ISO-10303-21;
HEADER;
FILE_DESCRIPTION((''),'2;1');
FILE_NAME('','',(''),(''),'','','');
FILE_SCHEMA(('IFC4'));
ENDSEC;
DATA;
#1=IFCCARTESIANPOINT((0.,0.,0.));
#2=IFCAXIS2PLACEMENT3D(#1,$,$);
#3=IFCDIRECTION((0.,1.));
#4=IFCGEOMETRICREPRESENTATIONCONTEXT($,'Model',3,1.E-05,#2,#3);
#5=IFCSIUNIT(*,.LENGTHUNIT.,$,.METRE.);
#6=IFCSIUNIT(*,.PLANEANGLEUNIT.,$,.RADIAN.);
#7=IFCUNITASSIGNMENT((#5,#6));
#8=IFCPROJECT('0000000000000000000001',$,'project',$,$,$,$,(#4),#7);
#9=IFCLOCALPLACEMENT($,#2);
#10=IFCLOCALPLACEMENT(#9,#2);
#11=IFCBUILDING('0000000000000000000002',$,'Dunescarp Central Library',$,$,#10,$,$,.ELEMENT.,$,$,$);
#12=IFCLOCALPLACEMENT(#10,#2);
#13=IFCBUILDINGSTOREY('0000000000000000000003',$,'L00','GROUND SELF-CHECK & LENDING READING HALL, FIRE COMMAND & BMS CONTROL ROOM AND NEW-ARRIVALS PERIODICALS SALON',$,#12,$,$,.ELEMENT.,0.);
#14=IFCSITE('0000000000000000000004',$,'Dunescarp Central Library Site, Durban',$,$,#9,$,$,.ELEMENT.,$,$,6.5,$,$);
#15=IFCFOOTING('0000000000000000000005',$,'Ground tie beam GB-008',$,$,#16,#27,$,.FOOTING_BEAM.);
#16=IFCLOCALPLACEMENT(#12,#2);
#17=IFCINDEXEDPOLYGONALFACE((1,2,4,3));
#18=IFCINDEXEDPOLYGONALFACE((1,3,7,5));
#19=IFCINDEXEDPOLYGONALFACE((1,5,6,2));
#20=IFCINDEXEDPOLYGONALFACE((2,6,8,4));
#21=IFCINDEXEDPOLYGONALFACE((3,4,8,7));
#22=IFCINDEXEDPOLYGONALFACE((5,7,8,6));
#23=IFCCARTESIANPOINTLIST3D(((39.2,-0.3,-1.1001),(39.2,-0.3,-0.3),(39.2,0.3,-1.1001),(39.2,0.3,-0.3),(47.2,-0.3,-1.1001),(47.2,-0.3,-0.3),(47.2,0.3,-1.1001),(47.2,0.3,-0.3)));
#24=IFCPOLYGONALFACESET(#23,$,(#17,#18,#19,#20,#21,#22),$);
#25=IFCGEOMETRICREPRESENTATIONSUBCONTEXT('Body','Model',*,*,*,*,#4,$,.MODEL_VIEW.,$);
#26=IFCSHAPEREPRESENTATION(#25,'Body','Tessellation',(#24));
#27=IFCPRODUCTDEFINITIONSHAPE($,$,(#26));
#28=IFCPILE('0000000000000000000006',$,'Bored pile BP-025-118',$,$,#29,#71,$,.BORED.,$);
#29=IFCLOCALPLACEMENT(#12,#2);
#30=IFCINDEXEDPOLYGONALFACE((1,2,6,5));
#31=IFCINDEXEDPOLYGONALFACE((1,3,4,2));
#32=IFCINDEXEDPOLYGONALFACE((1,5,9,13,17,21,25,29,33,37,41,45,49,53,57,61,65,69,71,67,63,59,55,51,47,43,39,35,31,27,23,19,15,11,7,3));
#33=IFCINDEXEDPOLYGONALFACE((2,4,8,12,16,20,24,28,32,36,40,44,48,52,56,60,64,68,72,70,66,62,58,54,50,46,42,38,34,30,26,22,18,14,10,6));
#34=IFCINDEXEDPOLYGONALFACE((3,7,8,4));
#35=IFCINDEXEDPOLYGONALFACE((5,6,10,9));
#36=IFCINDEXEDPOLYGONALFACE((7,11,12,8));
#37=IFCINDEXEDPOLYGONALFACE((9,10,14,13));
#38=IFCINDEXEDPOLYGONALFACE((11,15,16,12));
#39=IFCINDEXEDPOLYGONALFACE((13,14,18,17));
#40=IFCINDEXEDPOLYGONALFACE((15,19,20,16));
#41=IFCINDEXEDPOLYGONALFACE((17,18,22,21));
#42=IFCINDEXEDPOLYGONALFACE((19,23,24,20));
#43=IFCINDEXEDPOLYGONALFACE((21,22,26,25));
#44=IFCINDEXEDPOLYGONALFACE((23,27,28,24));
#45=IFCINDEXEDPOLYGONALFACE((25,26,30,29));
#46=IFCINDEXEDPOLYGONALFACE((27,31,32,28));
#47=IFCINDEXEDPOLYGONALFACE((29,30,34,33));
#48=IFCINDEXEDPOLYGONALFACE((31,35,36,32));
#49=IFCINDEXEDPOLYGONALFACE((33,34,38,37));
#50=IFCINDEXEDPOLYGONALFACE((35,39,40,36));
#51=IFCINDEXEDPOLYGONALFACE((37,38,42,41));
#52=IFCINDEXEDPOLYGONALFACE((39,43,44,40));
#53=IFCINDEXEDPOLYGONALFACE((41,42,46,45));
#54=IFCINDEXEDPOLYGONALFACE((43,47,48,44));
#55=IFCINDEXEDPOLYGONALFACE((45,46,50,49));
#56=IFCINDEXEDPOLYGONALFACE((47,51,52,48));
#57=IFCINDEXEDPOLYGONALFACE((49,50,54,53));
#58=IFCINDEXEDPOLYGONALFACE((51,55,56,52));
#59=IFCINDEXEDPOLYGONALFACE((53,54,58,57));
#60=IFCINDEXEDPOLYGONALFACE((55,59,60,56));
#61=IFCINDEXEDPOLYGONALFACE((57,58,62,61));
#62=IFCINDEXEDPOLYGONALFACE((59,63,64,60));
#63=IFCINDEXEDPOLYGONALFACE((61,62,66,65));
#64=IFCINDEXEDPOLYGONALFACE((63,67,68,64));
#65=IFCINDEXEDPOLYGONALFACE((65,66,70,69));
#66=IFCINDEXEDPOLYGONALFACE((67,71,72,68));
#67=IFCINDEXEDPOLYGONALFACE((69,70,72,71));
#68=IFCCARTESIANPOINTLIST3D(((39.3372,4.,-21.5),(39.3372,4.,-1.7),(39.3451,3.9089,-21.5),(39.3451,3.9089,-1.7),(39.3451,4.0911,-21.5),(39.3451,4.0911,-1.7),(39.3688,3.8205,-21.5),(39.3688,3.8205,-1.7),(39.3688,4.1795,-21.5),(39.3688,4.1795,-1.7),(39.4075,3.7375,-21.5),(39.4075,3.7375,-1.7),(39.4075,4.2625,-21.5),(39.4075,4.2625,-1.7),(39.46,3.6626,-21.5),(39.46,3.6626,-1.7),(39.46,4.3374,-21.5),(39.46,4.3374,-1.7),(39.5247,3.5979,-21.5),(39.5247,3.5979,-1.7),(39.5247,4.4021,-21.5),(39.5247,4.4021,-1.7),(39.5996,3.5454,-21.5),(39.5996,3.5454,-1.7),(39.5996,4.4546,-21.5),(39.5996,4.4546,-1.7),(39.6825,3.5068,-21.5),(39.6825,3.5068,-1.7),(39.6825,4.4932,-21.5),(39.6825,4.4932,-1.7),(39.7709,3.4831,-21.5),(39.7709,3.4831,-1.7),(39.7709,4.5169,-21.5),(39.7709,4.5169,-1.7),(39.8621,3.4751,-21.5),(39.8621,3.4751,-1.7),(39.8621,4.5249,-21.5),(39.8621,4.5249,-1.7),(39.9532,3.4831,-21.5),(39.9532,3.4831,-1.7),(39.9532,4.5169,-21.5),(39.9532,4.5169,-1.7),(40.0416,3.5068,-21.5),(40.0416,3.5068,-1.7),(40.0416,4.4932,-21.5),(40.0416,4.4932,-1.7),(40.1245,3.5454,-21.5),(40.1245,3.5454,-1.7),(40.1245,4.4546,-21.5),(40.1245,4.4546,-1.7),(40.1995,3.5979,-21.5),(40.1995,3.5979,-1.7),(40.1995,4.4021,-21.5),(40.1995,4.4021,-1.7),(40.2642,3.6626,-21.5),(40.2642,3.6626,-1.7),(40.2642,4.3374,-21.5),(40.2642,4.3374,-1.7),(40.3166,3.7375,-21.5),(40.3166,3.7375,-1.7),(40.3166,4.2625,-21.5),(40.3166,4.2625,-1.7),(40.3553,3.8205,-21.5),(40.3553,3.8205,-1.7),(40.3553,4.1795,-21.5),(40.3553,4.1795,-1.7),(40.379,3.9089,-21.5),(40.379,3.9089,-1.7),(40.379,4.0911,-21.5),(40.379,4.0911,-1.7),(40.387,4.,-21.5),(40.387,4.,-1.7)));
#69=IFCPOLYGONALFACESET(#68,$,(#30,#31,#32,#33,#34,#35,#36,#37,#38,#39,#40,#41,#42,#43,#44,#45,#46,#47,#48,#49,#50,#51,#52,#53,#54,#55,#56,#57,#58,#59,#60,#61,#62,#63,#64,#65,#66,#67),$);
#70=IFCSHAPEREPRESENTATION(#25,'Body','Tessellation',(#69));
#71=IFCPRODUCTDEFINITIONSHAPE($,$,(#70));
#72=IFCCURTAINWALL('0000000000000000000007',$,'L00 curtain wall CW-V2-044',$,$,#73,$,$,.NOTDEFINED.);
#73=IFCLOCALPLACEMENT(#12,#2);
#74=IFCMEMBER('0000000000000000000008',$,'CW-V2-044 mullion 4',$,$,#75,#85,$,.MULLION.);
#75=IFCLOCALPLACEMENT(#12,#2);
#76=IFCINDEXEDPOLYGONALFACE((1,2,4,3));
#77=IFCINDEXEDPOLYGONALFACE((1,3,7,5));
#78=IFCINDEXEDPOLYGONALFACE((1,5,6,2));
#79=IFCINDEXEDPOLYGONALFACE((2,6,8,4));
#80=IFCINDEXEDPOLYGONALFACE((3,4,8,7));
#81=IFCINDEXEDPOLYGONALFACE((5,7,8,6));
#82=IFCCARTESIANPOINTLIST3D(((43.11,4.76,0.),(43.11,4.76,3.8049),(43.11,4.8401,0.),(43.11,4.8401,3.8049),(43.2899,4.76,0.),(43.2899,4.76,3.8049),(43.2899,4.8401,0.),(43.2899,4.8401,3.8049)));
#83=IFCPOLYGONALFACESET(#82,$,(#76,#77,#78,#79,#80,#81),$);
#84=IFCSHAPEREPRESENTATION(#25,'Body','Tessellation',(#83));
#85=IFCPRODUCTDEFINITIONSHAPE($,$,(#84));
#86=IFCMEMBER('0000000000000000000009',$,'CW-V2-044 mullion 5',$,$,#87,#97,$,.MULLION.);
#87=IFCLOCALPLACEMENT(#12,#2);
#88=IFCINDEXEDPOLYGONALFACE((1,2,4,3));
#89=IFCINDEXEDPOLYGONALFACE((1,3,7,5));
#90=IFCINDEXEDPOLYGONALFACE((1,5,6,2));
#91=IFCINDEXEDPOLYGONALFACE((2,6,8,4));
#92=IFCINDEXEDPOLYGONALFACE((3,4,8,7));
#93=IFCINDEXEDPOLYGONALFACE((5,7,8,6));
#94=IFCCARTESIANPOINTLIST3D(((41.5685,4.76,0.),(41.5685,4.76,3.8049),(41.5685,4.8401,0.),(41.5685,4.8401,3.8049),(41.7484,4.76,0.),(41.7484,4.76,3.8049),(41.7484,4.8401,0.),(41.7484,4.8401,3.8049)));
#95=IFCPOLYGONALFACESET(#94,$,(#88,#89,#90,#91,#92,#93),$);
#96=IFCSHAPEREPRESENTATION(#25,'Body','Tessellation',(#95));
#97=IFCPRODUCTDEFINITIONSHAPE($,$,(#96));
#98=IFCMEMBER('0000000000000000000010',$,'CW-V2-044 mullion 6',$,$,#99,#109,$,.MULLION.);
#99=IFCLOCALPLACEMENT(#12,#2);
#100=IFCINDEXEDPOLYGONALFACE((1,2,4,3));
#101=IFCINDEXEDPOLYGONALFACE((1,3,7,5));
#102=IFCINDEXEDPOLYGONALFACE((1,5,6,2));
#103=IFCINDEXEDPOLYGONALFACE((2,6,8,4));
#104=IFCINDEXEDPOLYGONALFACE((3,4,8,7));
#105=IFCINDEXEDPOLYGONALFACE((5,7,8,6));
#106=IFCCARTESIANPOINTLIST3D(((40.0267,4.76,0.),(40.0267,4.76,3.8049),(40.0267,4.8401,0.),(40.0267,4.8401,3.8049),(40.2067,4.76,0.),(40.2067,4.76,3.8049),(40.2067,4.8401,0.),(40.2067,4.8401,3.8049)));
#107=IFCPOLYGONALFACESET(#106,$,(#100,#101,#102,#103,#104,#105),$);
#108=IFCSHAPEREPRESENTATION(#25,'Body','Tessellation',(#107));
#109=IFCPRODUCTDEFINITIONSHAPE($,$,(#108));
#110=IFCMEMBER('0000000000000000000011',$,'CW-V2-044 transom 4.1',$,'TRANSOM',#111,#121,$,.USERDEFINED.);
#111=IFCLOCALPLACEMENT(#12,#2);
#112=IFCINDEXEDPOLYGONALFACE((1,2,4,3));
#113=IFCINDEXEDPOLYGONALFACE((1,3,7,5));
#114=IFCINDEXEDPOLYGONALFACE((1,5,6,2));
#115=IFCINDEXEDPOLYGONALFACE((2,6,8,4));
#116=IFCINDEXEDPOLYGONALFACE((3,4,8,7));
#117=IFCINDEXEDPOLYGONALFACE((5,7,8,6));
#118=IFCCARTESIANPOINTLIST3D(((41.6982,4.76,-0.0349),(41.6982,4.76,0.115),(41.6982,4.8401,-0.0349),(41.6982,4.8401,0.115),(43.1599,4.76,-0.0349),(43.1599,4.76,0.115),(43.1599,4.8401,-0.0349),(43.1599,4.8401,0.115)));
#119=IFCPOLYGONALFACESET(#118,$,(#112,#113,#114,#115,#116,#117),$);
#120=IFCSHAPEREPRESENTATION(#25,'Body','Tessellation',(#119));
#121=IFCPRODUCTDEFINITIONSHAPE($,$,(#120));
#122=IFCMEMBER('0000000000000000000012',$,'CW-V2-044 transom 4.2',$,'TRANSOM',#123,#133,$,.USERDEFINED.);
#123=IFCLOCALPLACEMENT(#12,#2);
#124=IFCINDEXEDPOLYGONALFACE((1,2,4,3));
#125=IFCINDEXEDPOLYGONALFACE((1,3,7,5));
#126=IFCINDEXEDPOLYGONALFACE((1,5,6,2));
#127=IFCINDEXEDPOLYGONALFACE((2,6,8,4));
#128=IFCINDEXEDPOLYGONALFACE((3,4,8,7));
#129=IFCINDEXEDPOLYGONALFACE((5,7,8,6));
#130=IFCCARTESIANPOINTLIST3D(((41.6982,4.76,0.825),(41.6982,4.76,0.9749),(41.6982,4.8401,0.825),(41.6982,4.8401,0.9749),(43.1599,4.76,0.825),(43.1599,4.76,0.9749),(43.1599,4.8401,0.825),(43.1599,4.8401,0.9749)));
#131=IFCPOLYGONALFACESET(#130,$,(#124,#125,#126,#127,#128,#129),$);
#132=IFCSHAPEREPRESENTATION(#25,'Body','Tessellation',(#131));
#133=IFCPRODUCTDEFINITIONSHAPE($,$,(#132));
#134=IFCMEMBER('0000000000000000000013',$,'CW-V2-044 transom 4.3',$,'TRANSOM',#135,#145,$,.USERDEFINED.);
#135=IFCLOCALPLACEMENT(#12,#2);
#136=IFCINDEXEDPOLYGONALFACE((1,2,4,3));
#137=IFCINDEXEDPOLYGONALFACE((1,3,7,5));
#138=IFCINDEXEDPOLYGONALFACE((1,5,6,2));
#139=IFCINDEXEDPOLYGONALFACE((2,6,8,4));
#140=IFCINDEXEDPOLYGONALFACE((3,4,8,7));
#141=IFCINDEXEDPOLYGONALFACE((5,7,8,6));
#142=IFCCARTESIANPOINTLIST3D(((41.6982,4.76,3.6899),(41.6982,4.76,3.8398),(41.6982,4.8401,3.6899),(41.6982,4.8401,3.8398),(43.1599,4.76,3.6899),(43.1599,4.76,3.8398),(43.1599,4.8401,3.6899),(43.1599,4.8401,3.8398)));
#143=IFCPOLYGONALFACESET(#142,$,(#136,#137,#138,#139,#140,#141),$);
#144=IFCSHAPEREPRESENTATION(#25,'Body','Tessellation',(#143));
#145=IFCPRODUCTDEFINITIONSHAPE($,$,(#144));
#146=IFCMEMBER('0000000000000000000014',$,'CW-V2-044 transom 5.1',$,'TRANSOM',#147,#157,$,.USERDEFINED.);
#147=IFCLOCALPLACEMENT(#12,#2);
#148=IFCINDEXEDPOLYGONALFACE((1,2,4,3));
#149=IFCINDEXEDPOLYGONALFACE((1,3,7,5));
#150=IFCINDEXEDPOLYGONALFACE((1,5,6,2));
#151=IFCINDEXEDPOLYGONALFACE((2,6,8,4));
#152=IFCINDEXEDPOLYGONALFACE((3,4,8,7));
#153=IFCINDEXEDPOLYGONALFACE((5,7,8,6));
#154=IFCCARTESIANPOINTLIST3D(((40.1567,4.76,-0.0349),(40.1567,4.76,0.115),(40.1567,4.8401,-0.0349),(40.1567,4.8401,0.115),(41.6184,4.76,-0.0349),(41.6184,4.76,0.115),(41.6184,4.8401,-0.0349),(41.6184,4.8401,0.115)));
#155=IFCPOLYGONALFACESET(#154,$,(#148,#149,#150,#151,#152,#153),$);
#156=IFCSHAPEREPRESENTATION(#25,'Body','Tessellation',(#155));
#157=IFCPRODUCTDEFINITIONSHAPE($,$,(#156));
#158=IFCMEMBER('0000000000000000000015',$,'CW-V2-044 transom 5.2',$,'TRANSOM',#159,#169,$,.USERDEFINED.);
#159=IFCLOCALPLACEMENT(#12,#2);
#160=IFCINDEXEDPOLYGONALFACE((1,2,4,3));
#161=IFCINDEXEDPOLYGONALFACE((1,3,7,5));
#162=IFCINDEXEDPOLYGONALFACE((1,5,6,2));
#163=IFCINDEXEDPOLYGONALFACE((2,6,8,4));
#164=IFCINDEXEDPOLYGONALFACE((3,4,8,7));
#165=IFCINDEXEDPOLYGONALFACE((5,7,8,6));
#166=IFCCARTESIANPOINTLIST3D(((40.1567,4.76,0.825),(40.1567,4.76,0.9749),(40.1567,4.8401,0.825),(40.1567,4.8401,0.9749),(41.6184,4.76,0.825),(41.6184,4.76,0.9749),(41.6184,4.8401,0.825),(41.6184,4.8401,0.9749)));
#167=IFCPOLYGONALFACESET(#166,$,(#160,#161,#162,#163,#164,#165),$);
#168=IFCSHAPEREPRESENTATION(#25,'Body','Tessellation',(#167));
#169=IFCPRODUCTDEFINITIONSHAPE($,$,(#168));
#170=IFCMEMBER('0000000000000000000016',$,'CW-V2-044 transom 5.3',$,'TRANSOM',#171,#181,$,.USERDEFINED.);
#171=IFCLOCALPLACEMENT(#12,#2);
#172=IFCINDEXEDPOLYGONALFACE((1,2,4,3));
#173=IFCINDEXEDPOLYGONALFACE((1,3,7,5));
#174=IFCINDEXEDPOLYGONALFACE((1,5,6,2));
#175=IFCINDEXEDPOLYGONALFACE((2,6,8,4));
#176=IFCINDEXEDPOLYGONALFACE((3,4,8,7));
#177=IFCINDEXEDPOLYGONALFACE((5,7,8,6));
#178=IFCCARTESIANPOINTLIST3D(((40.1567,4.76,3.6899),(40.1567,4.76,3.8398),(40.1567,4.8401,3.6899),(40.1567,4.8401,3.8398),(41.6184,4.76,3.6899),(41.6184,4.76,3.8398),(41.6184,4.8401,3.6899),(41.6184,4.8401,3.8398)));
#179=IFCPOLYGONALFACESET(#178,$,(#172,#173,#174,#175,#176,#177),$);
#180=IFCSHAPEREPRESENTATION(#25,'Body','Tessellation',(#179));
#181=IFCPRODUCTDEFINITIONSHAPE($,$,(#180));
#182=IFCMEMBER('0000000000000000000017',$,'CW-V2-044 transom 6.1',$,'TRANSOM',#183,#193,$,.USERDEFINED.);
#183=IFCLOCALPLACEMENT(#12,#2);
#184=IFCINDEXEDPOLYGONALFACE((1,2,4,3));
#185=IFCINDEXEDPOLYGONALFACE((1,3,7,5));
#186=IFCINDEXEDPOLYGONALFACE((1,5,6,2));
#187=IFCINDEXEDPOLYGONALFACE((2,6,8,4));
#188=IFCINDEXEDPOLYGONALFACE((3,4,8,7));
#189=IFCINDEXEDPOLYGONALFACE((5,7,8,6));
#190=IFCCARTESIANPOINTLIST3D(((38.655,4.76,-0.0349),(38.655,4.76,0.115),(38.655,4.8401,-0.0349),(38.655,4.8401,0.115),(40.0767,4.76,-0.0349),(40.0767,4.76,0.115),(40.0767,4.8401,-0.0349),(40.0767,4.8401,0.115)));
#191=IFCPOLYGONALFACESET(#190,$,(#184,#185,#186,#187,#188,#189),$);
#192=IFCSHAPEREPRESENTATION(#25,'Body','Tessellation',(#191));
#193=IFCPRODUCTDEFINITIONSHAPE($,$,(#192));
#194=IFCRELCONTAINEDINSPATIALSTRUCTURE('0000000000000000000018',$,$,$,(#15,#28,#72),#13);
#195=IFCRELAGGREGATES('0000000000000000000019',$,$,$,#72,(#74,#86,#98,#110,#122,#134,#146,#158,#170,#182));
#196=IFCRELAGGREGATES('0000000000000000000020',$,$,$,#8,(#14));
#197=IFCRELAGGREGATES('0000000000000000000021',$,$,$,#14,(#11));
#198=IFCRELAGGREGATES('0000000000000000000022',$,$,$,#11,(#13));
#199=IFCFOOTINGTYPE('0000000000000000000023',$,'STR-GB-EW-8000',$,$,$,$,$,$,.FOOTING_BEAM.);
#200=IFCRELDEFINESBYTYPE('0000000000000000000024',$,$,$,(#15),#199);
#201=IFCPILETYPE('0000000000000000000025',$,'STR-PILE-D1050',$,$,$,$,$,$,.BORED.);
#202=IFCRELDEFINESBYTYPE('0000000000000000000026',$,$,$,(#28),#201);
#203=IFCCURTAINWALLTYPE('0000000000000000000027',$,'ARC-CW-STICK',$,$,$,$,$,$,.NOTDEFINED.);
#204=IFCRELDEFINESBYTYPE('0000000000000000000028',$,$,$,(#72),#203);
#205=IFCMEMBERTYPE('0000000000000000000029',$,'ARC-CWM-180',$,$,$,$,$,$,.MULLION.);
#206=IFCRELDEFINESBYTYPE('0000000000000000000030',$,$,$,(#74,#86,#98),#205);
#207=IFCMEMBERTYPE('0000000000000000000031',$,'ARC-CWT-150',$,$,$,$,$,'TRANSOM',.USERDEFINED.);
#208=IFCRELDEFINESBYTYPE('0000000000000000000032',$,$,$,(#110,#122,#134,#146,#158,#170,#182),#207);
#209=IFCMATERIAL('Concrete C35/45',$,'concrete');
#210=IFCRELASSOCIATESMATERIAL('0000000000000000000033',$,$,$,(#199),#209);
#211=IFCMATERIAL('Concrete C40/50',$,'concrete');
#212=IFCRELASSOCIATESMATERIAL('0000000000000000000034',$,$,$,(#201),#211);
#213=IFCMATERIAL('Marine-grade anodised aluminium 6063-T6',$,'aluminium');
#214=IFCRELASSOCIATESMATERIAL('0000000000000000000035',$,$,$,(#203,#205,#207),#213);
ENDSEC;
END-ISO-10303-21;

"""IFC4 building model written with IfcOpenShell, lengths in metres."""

from ifc_helpers import new_model, si_unit, direction, frame, origin, origin_2d, place, context, subcontext, project, spatial, rectangle, circle, extrude, material, material_profile, profile_set, type_object, element, aggregate, save


model = new_model("IFC4")

# Units and contexts
model_context = context("Model", 3, precision=1e-05, world=origin(), true_north=direction((0.0, 1.0)))
body_context = subcontext(model_context, "Body", "Model", "MODEL_VIEW")
ifc_project = project(units=[si_unit("LENGTHUNIT", "METRE"), si_unit("PLANEANGLEUNIT", "RADIAN")], contexts=[model_context])

# Site, building, storey
site_placement = place(None, origin())
site = spatial("IfcSite", under=ifc_project, at=site_placement, Name="Dunescarp Central Library Site, Durban", CompositionType="ELEMENT", RefElevation=6.5)
building_placement = place(site_placement, origin())
building = spatial("IfcBuilding", under=site, at=building_placement, Name="Dunescarp Central Library", CompositionType="ELEMENT")
storey_placement = place(building_placement, origin())
storey = spatial("IfcBuildingStorey", under=building, at=storey_placement, Name="L00", Description="GROUND SELF-CHECK & LENDING READING HALL, FIRE COMMAND & BMS CONTROL ROOM AND NEW-ARRIVALS PERIODICALS SALON", CompositionType="ELEMENT", Elevation=0.0)

# Footing
ifc_material_1 = material(Name="Concrete C35/45", Category="concrete")
footing_type = type_object("IfcFootingType", Name="STR-GB-EW-8000", PredefinedType="FOOTING_BEAM", material=ifc_material_1)
footing_placement = place(storey_placement, frame((43.2, 0.0, -1.1001), z_axis=(0.0, 0.0, 1.0), x_axis=(1.0, 0.0, 0.0)))
element("IfcFooting", 1, at=footing_placement, inside=storey, type_object=footing_type, Name="Ground tie beam GB-008", PredefinedType="FOOTING_BEAM", context=body_context, shape_type="SweptSolid", body=[
    extrude(rectangle(XDim=8.0, YDim=0.6001, at=origin_2d()), origin(), (0.0, 0.0, 1.0), 0.8),
])

# Pile
ifc_material_2 = material(Name="Concrete C40/50", Category="concrete")
ifc_material_profile_1 = material_profile(ifc_material_2, circle(Radius=0.5249, at=origin_2d()), Name="PILE D1050")
ifc_profile_set_1 = profile_set([ifc_material_profile_1], Name="Concrete C40/50")
pile_type = type_object("IfcPileType", Name="STR-PILE-D1050", PredefinedType="BORED", material=ifc_profile_set_1)
pile_placement = place(storey_placement, frame((39.8621, 4.0, -1.7), z_axis=(0.0, 0.0, -1.0), x_axis=(1.0, 0.0, 0.0)))
element("IfcPile", 2, at=pile_placement, inside=storey, type_object=pile_type, Name="Bored pile BP-025-118", PredefinedType="BORED", context=body_context, shape_type="SweptSolid", body=[
    extrude(circle(Radius=0.5249, at=origin_2d()), origin(), (0.0, 0.0, 1.0), 19.8),
])

# Curtain wall, members
ifc_material_3 = material(Name="Marine-grade anodised aluminium 6063-T6", Category="aluminium")
curtain_wall_type = type_object("IfcCurtainWallType", Name="ARC-CW-STICK", PredefinedType="NOTDEFINED", material=ifc_material_3)
curtain_wall_placement = place(storey_placement, origin())
curtain_wall = element("IfcCurtainWall", 3, at=curtain_wall_placement, inside=storey, type_object=curtain_wall_type, Name="L00 curtain wall CW-V2-044", PredefinedType="NOTDEFINED")
ifc_material_profile_2 = material_profile(ifc_material_3, rectangle(XDim=0.0801, YDim=0.1799, at=origin_2d()), Name="AL 80x180")
ifc_profile_set_2 = profile_set([ifc_material_profile_2], Name="Marine-grade anodised aluminium 6063-T6")
member_type_1 = type_object("IfcMemberType", Name="ARC-CWM-180", PredefinedType="MULLION", material=ifc_profile_set_2)
member_1_placement = place(storey_placement, frame((43.2, 4.8, 0.0), z_axis=(0.0, 0.0, 1.0), x_axis=(0.0, -1.0, 0.0)))
member_1 = element("IfcMember", 4, at=member_1_placement, type_object=member_type_1, Name="CW-V2-044 mullion 4", PredefinedType="MULLION", context=body_context, shape_type="SweptSolid", body=[
    extrude(rectangle(XDim=0.0801, YDim=0.1799, at=origin_2d()), origin(), (0.0, 0.0, 1.0), 3.8049),
])
member_2_placement = place(storey_placement, frame((41.6584, 4.8, 0.0), z_axis=(0.0, 0.0, 1.0), x_axis=(0.0, -1.0, 0.0)))
member_2 = element("IfcMember", 5, at=member_2_placement, type_object=member_type_1, Name="CW-V2-044 mullion 5", PredefinedType="MULLION", context=body_context, shape_type="SweptSolid", body=[
    extrude(rectangle(XDim=0.0801, YDim=0.1799, at=origin_2d()), origin(), (0.0, 0.0, 1.0), 3.8049),
])
member_3_placement = place(storey_placement, frame((40.1167, 4.8, 0.0), z_axis=(0.0, 0.0, 1.0), x_axis=(0.0, -1.0, 0.0)))
member_3 = element("IfcMember", 6, at=member_3_placement, type_object=member_type_1, Name="CW-V2-044 mullion 6", PredefinedType="MULLION", context=body_context, shape_type="SweptSolid", body=[
    extrude(rectangle(XDim=0.0801, YDim=0.1799, at=origin_2d()), origin(), (0.0, 0.0, 1.0), 3.8049),
])
ifc_material_profile_3 = material_profile(ifc_material_3, rectangle(XDim=0.0801, YDim=0.1499, at=origin_2d()), Name="AL 80x150")
ifc_profile_set_3 = profile_set([ifc_material_profile_3], Name="Marine-grade anodised aluminium 6063-T6")
member_type_2 = type_object("IfcMemberType", Name="ARC-CWT-150", ElementType="TRANSOM", PredefinedType="USERDEFINED", material=ifc_profile_set_3)
member_4_placement = place(storey_placement, frame((43.1599, 4.8, 0.04), z_axis=(-1.0, 0.0, 0.0), x_axis=(0.0, -1.0, 0.0)))
member_4 = element("IfcMember", 7, at=member_4_placement, type_object=member_type_2, Name="CW-V2-044 transom 4.1", ObjectType="TRANSOM", PredefinedType="USERDEFINED", context=body_context, shape_type="SweptSolid", body=[
    extrude(rectangle(XDim=0.0801, YDim=0.1499, at=origin_2d()), origin(), (0.0, 0.0, 1.0), 1.4617),
])
member_5_placement = place(storey_placement, frame((43.1599, 4.8, 0.8999), z_axis=(-1.0, 0.0, 0.0), x_axis=(0.0, -1.0, 0.0)))
member_5 = element("IfcMember", 8, at=member_5_placement, type_object=member_type_2, Name="CW-V2-044 transom 4.2", ObjectType="TRANSOM", PredefinedType="USERDEFINED", context=body_context, shape_type="SweptSolid", body=[
    extrude(rectangle(XDim=0.0801, YDim=0.1499, at=origin_2d()), origin(), (0.0, 0.0, 1.0), 1.4617),
])
member_6_placement = place(storey_placement, frame((43.1599, 4.8, 3.7649), z_axis=(-1.0, 0.0, 0.0), x_axis=(0.0, -1.0, 0.0)))
member_6 = element("IfcMember", 9, at=member_6_placement, type_object=member_type_2, Name="CW-V2-044 transom 4.3", ObjectType="TRANSOM", PredefinedType="USERDEFINED", context=body_context, shape_type="SweptSolid", body=[
    extrude(rectangle(XDim=0.0801, YDim=0.1499, at=origin_2d()), origin(), (0.0, 0.0, 1.0), 1.4617),
])
member_7_placement = place(storey_placement, frame((41.6184, 4.8, 0.04), z_axis=(-1.0, 0.0, 0.0), x_axis=(0.0, -1.0, 0.0)))
member_7 = element("IfcMember", 10, at=member_7_placement, type_object=member_type_2, Name="CW-V2-044 transom 5.1", ObjectType="TRANSOM", PredefinedType="USERDEFINED", context=body_context, shape_type="SweptSolid", body=[
    extrude(rectangle(XDim=0.0801, YDim=0.1499, at=origin_2d()), origin(), (0.0, 0.0, 1.0), 1.4617),
])
member_8_placement = place(storey_placement, frame((41.6184, 4.8, 0.8999), z_axis=(-1.0, 0.0, 0.0), x_axis=(0.0, -1.0, 0.0)))
member_8 = element("IfcMember", 11, at=member_8_placement, type_object=member_type_2, Name="CW-V2-044 transom 5.2", ObjectType="TRANSOM", PredefinedType="USERDEFINED", context=body_context, shape_type="SweptSolid", body=[
    extrude(rectangle(XDim=0.0801, YDim=0.1499, at=origin_2d()), origin(), (0.0, 0.0, 1.0), 1.4617),
])
member_9_placement = place(storey_placement, frame((41.6184, 4.8, 3.7649), z_axis=(-1.0, 0.0, 0.0), x_axis=(0.0, -1.0, 0.0)))
member_9 = element("IfcMember", 12, at=member_9_placement, type_object=member_type_2, Name="CW-V2-044 transom 5.3", ObjectType="TRANSOM", PredefinedType="USERDEFINED", context=body_context, shape_type="SweptSolid", body=[
    extrude(rectangle(XDim=0.0801, YDim=0.1499, at=origin_2d()), origin(), (0.0, 0.0, 1.0), 1.4617),
])
member_10_placement = place(storey_placement, frame((40.0767, 4.8, 0.04), z_axis=(-1.0, 0.0, 0.0), x_axis=(0.0, -1.0, 0.0)))
member_10 = element("IfcMember", 13, at=member_10_placement, type_object=member_type_2, Name="CW-V2-044 transom 6.1", ObjectType="TRANSOM", PredefinedType="USERDEFINED", context=body_context, shape_type="SweptSolid", body=[
    extrude(rectangle(XDim=0.0801, YDim=0.1499, at=origin_2d()), origin(), (0.0, 0.0, 1.0), 1.4216),
])
aggregate(curtain_wall, [member_1, member_2, member_3, member_4, member_5, member_6, member_7, member_8, member_9, member_10])

save(model, "model.ifc")
